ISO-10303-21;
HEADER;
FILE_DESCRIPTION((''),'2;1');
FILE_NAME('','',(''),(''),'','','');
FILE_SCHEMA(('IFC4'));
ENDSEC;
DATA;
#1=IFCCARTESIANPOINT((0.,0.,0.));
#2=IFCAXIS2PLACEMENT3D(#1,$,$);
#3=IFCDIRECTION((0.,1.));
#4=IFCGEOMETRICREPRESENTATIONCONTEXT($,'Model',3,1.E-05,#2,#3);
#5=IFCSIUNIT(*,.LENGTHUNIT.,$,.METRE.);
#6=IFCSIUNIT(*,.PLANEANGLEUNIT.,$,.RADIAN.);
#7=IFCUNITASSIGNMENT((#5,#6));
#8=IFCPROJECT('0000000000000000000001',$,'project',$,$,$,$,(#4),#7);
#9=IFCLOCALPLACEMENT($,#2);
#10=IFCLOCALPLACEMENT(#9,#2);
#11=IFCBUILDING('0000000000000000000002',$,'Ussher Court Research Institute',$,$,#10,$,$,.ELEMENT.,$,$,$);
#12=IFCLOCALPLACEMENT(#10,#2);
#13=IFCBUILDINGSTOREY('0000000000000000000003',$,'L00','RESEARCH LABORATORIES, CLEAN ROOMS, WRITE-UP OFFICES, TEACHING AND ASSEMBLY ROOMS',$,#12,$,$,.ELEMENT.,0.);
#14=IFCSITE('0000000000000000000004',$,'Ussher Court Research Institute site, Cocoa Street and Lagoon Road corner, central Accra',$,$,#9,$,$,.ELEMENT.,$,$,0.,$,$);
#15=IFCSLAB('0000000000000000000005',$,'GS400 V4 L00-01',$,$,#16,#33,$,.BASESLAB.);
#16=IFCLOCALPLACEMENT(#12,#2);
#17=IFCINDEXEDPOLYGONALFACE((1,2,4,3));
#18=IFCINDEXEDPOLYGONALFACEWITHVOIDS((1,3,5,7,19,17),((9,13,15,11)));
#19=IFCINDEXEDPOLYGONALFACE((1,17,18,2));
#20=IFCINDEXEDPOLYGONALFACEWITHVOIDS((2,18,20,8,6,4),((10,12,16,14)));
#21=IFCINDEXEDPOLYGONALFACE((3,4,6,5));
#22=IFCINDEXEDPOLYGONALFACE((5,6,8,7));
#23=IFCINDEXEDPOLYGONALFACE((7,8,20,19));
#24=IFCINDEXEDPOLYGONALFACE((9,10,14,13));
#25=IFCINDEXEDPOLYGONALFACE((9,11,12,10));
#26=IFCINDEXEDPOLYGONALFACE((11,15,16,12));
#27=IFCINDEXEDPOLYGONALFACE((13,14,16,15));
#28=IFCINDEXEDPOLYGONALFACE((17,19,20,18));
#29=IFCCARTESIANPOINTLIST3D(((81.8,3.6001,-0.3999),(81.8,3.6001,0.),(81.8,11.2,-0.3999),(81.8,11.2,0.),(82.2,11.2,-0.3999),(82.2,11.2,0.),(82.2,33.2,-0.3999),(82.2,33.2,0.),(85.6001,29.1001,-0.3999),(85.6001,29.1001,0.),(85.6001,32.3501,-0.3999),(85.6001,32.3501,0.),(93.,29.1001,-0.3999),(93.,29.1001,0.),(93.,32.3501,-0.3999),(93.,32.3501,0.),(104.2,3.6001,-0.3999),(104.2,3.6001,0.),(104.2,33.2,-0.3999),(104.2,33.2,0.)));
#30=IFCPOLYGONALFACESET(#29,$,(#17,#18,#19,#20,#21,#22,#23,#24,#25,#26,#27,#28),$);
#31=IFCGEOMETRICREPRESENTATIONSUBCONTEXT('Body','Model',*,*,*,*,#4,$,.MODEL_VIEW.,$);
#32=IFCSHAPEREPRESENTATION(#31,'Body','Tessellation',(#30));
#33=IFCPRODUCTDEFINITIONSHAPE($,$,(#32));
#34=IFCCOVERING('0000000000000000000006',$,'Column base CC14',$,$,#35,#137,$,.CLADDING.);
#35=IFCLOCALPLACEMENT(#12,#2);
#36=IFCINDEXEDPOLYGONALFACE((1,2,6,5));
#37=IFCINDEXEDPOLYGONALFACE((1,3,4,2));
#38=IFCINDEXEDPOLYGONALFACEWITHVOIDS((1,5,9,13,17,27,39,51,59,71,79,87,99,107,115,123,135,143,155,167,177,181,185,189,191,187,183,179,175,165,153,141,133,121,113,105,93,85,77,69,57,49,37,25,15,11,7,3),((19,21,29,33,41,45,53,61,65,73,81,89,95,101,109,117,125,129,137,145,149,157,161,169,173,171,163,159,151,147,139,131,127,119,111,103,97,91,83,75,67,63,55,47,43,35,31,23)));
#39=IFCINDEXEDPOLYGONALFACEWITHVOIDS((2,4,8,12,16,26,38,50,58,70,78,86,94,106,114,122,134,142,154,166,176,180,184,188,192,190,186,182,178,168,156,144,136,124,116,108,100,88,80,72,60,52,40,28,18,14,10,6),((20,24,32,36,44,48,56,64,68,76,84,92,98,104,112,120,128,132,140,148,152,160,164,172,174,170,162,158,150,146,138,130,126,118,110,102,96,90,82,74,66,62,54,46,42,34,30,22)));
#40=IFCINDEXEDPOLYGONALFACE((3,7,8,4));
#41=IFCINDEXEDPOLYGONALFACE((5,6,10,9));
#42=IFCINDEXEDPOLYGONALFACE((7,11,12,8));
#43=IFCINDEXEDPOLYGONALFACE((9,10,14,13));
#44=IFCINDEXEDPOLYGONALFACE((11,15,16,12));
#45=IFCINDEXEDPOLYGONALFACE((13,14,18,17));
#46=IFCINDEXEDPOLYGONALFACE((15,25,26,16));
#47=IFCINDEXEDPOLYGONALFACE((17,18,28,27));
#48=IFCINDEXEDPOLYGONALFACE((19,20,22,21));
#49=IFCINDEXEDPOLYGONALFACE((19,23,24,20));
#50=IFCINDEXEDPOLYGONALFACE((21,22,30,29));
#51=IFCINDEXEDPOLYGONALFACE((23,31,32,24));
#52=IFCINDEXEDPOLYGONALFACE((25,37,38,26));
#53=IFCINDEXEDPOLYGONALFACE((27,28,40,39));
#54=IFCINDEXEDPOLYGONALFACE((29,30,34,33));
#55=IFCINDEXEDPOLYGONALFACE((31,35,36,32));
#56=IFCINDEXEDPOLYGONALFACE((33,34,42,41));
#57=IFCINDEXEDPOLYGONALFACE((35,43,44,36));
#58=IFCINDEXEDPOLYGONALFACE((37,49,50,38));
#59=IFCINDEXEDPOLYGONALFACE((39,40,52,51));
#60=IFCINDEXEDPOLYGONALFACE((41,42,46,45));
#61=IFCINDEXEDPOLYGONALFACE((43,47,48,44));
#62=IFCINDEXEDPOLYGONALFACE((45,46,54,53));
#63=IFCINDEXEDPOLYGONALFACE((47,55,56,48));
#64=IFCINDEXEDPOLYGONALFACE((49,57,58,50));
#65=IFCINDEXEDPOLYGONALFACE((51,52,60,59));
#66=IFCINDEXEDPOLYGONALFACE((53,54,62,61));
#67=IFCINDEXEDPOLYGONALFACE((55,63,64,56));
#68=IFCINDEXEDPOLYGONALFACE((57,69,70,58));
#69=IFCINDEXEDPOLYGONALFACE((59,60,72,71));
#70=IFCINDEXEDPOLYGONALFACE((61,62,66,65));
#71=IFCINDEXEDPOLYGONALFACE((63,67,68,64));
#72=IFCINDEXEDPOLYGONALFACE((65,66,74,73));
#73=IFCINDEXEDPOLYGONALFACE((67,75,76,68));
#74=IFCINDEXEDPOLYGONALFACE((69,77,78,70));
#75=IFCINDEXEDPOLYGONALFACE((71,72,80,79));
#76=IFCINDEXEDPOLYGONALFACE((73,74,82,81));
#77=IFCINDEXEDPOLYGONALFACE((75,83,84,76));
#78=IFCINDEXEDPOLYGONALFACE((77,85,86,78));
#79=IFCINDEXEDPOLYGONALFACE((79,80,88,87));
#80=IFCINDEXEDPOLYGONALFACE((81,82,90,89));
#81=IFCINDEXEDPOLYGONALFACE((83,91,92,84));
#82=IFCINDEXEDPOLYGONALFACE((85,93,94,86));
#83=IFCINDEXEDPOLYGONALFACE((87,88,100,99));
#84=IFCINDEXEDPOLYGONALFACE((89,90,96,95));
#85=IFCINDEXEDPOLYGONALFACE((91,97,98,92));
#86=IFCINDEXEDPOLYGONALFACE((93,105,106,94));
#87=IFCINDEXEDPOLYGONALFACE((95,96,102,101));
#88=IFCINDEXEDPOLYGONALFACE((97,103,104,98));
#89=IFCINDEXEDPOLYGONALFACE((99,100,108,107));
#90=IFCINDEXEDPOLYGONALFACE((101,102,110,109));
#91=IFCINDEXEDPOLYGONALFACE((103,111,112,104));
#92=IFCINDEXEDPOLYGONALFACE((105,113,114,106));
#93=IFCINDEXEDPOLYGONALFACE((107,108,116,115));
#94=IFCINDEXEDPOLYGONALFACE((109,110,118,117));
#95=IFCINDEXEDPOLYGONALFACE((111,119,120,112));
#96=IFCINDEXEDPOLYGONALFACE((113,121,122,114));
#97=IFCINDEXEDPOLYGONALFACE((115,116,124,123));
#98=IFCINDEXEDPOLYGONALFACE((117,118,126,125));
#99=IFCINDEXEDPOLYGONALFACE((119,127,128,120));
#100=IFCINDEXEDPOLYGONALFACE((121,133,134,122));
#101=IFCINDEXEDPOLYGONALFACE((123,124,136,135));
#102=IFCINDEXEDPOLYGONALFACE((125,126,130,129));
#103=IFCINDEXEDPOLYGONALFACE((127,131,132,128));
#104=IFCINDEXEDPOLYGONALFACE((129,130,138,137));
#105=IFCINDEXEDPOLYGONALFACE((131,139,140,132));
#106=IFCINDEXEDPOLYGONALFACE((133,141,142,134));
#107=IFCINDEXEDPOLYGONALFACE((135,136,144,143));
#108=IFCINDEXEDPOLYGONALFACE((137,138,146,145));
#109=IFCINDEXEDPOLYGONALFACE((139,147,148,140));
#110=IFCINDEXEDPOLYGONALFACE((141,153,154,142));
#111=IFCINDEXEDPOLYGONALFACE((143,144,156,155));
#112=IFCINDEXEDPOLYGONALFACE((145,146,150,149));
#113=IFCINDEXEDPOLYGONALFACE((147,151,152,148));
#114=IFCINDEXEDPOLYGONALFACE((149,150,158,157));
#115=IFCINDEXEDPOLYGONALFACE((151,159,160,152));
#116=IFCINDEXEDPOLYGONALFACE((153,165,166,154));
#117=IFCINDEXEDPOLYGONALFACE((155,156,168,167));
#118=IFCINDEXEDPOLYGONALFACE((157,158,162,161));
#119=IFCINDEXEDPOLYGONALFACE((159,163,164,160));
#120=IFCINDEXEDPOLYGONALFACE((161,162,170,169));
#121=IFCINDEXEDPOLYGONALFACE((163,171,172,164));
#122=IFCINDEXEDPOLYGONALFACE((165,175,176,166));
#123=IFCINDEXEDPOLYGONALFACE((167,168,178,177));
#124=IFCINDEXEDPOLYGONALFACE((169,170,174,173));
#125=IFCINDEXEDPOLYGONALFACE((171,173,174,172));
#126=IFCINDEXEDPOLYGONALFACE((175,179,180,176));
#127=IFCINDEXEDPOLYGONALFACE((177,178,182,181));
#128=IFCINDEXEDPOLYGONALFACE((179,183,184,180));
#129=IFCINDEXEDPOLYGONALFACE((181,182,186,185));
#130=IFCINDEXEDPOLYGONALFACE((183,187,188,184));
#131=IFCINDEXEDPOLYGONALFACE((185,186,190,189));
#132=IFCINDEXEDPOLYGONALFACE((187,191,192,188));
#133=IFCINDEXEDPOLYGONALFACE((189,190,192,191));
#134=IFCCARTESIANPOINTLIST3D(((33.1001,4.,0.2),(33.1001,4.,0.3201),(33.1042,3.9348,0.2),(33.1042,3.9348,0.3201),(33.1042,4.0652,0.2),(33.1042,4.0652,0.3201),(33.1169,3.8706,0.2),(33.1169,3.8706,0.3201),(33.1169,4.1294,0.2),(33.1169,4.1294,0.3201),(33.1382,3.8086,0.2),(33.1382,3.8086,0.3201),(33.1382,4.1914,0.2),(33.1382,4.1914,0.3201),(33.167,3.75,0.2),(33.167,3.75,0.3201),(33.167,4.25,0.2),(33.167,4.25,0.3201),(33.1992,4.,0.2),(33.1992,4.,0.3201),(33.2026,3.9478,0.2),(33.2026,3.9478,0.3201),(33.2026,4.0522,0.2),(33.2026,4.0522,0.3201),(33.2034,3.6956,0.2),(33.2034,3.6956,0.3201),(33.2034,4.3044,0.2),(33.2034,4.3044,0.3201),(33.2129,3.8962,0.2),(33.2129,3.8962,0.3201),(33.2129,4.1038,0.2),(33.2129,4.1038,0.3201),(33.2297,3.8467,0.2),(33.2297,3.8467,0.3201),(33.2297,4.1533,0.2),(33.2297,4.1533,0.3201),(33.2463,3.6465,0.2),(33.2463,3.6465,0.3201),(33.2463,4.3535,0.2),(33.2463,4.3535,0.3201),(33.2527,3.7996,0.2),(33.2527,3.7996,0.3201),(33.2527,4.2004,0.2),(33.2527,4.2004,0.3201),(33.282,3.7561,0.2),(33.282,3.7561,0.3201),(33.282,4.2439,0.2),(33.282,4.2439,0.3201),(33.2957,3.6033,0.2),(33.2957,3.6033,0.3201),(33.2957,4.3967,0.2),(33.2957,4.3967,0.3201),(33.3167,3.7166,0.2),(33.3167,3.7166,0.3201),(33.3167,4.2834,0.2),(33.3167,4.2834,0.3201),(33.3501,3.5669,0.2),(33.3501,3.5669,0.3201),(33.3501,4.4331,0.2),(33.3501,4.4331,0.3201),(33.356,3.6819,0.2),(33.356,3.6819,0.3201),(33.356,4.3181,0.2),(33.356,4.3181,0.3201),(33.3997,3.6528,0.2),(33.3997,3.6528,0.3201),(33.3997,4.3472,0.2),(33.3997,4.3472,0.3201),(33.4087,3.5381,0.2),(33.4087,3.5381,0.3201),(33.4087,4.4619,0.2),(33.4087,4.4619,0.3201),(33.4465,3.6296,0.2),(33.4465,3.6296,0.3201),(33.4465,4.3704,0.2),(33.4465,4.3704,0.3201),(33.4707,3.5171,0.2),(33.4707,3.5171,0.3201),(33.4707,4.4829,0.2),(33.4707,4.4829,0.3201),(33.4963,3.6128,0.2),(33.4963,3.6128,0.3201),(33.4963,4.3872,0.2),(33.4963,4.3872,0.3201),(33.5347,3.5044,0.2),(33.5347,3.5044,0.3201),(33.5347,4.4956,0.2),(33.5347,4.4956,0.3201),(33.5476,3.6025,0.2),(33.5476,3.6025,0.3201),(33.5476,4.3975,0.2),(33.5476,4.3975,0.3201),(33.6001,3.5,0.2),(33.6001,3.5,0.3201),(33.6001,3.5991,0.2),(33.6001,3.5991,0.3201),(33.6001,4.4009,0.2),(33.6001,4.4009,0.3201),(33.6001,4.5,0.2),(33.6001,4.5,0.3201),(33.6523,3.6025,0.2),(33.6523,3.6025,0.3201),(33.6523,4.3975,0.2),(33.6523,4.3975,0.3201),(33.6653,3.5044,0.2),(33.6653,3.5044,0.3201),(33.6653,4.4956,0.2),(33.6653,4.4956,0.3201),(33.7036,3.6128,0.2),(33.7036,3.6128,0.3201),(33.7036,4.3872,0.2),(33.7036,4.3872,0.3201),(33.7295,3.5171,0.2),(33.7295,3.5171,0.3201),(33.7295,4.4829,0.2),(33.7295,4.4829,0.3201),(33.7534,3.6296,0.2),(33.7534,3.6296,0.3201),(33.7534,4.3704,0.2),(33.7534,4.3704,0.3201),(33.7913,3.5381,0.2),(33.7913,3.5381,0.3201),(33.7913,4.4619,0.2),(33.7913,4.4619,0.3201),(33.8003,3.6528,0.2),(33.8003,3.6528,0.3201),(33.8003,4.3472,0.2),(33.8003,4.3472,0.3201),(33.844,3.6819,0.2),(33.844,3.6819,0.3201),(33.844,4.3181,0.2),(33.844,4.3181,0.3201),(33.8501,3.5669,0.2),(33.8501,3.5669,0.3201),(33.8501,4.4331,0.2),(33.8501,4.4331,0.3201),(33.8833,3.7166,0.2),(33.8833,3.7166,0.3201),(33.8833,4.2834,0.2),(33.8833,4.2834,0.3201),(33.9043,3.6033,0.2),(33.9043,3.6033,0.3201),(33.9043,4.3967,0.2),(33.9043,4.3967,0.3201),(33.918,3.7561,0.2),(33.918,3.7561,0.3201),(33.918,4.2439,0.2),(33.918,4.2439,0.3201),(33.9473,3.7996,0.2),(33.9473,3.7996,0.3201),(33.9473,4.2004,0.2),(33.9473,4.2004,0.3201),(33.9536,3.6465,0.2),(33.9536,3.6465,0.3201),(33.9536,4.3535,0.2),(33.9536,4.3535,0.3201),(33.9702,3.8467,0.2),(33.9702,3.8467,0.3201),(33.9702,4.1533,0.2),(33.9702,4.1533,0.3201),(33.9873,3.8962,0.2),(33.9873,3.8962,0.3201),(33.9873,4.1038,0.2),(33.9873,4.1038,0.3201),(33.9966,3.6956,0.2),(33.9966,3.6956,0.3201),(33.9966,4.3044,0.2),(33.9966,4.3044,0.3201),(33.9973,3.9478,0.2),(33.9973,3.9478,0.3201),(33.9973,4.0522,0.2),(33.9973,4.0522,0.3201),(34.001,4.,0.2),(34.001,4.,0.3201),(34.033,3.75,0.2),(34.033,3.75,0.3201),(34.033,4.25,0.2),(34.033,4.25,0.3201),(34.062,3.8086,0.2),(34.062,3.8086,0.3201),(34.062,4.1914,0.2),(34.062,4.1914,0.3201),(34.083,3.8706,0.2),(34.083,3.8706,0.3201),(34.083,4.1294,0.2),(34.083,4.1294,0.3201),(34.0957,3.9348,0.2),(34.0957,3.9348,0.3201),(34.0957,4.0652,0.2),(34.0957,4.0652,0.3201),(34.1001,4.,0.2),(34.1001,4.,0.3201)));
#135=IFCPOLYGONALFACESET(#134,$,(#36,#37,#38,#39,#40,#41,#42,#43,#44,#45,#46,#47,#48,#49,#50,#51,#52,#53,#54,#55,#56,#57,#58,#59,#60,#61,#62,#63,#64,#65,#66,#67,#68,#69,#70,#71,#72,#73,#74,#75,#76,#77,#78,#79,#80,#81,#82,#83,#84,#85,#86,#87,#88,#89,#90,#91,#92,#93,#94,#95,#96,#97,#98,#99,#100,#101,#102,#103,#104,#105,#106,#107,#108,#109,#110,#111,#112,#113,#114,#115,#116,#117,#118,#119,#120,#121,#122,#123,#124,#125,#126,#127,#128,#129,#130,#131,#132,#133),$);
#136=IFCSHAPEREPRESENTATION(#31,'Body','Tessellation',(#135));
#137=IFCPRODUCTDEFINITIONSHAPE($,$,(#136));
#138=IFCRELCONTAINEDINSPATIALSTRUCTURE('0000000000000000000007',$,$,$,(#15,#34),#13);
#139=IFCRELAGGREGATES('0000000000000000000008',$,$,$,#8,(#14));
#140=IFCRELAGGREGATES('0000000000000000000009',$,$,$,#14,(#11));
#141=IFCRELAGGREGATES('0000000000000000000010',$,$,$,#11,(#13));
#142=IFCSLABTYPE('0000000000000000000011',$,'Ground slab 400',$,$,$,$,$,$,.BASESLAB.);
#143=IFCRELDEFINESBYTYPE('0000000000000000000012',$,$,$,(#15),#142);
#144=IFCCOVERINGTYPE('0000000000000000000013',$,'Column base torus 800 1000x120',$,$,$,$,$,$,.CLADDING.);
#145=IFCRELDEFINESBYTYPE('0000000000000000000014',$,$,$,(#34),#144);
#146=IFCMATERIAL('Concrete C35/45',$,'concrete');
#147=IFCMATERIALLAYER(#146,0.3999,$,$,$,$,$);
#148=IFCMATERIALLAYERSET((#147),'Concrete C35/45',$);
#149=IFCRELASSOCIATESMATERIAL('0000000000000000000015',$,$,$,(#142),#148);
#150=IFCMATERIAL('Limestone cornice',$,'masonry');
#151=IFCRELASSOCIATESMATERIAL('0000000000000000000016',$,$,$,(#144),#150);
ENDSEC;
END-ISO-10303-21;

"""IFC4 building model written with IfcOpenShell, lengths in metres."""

from ifc_helpers import new_model, si_unit, direction, frame, origin, place, context, subcontext, project, spatial, polyline, outline, extrude, material, layer, layer_set, type_object, element, save


model = new_model("IFC4")

# Units and contexts
model_context = context("Model", 3, precision=1e-05, world=origin(), true_north=direction((0.0, 1.0)))
body_context = subcontext(model_context, "Body", "Model", "MODEL_VIEW")
ifc_project = project(units=[si_unit("LENGTHUNIT", "METRE"), si_unit("PLANEANGLEUNIT", "RADIAN")], contexts=[model_context])

# Site, building, storey
site_placement = place(None, origin())
site = spatial("IfcSite", under=ifc_project, at=site_placement, Name="Ussher Court Research Institute site, Cocoa Street and Lagoon Road corner, central Accra", CompositionType="ELEMENT", RefElevation=0.0)
building_placement = place(site_placement, origin())
building = spatial("IfcBuilding", under=site, at=building_placement, Name="Ussher Court Research Institute", CompositionType="ELEMENT")
storey_placement = place(building_placement, origin())
storey = spatial("IfcBuildingStorey", under=building, at=storey_placement, Name="L00", Description="RESEARCH LABORATORIES, CLEAN ROOMS, WRITE-UP OFFICES, TEACHING AND ASSEMBLY ROOMS", CompositionType="ELEMENT", Elevation=0.0)

# Slab
ifc_material_1 = material(Name="Concrete C35/45", Category="concrete")
ifc_layer_1 = layer(ifc_material_1, 0.3999)
ifc_layer_set_1 = layer_set([ifc_layer_1], Name="Concrete C35/45")
slab_type_1 = type_object("IfcSlabType", Name="Ground slab 400", PredefinedType="BASESLAB", material=ifc_layer_set_1)
slab_1_placement = place(storey_placement, frame((0.0, 0.0, -0.3999)))
element("IfcSlab", 1, at=slab_1_placement, inside=storey, type_object=slab_type_1, Name="GS400 V4 L00-01", PredefinedType="BASESLAB", context=body_context, shape_type="SweptSolid", body=[
    extrude(outline(polyline([(81.8, 11.2), (81.8, 3.6001), (104.2, 3.6001), (104.2, 33.2), (82.2, 33.2), (82.2, 11.2), (81.8, 11.2)]), holes=[polyline([(93.0, 32.3501), (93.0, 29.1001), (85.6001, 29.1001), (85.6001, 32.3501), (93.0, 32.3501)])]), origin(), (0.0, 0.0, 1.0), 0.3999),
])

# Covering
ifc_material_2 = material(Name="Limestone cornice", Category="masonry")
covering_type_1 = type_object("IfcCoveringType", Name="Column base torus 800 1000x120", PredefinedType="CLADDING", material=ifc_material_2)
covering_1_placement = place(storey_placement, frame((0.0, 0.0, 0.2)))
element("IfcCovering", 2, at=covering_1_placement, inside=storey, type_object=covering_type_1, Name="Column base CC14", PredefinedType="CLADDING", context=body_context, shape_type="SweptSolid", body=[
    extrude(outline(polyline([(34.1001, 4.0), (34.0957, 4.0652), (34.083, 4.1294), (34.062, 4.1914), (34.033, 4.25), (33.9966, 4.3044), (33.9536, 4.3535), (33.9043, 4.3967), (33.8501, 4.4331), (33.7913, 4.4619), (33.7295, 4.4829), (33.6653, 4.4956), (33.6001, 4.5), (33.5347, 4.4956), (33.4707, 4.4829), (33.4087, 4.4619), (33.3501, 4.4331), (33.2957, 4.3967), (33.2463, 4.3535), (33.2034, 4.3044), (33.167, 4.25), (33.1382, 4.1914), (33.1169, 4.1294), (33.1042, 4.0652), (33.1001, 4.0), (33.1042, 3.9348), (33.1169, 3.8706), (33.1382, 3.8086), (33.167, 3.75), (33.2034, 3.6956), (33.2463, 3.6465), (33.2957, 3.6033), (33.3501, 3.5669), (33.4087, 3.5381), (33.4707, 3.5171), (33.5347, 3.5044), (33.6001, 3.5), (33.6653, 3.5044), (33.7295, 3.5171), (33.7913, 3.5381), (33.8501, 3.5669), (33.9043, 3.6033), (33.9536, 3.6465), (33.9966, 3.6956), (34.033, 3.75), (34.062, 3.8086), (34.083, 3.8706), (34.0957, 3.9348), (34.1001, 4.0)]), holes=[polyline([(34.001, 4.0), (33.9973, 4.0522), (33.9873, 4.1038), (33.9702, 4.1533), (33.9473, 4.2004), (33.918, 4.2439), (33.8833, 4.2834), (33.844, 4.3181), (33.8003, 4.3472), (33.7534, 4.3704), (33.7036, 4.3872), (33.6523, 4.3975), (33.6001, 4.4009), (33.5476, 4.3975), (33.4963, 4.3872), (33.4465, 4.3704), (33.3997, 4.3472), (33.356, 4.3181), (33.3167, 4.2834), (33.282, 4.2439), (33.2527, 4.2004), (33.2297, 4.1533), (33.2129, 4.1038), (33.2026, 4.0522), (33.1992, 4.0), (33.2026, 3.9478), (33.2129, 3.8962), (33.2297, 3.8467), (33.2527, 3.7996), (33.282, 3.7561), (33.3167, 3.7166), (33.356, 3.6819), (33.3997, 3.6528), (33.4465, 3.6296), (33.4963, 3.6128), (33.5476, 3.6025), (33.6001, 3.5991), (33.6523, 3.6025), (33.7036, 3.6128), (33.7534, 3.6296), (33.8003, 3.6528), (33.844, 3.6819), (33.8833, 3.7166), (33.918, 3.7561), (33.9473, 3.7996), (33.9702, 3.8467), (33.9873, 3.8962), (33.9973, 3.9478), (34.001, 4.0)])]), origin(), (0.0, 0.0, 1.0), 0.1201),
])

save(model, "model.ifc")
